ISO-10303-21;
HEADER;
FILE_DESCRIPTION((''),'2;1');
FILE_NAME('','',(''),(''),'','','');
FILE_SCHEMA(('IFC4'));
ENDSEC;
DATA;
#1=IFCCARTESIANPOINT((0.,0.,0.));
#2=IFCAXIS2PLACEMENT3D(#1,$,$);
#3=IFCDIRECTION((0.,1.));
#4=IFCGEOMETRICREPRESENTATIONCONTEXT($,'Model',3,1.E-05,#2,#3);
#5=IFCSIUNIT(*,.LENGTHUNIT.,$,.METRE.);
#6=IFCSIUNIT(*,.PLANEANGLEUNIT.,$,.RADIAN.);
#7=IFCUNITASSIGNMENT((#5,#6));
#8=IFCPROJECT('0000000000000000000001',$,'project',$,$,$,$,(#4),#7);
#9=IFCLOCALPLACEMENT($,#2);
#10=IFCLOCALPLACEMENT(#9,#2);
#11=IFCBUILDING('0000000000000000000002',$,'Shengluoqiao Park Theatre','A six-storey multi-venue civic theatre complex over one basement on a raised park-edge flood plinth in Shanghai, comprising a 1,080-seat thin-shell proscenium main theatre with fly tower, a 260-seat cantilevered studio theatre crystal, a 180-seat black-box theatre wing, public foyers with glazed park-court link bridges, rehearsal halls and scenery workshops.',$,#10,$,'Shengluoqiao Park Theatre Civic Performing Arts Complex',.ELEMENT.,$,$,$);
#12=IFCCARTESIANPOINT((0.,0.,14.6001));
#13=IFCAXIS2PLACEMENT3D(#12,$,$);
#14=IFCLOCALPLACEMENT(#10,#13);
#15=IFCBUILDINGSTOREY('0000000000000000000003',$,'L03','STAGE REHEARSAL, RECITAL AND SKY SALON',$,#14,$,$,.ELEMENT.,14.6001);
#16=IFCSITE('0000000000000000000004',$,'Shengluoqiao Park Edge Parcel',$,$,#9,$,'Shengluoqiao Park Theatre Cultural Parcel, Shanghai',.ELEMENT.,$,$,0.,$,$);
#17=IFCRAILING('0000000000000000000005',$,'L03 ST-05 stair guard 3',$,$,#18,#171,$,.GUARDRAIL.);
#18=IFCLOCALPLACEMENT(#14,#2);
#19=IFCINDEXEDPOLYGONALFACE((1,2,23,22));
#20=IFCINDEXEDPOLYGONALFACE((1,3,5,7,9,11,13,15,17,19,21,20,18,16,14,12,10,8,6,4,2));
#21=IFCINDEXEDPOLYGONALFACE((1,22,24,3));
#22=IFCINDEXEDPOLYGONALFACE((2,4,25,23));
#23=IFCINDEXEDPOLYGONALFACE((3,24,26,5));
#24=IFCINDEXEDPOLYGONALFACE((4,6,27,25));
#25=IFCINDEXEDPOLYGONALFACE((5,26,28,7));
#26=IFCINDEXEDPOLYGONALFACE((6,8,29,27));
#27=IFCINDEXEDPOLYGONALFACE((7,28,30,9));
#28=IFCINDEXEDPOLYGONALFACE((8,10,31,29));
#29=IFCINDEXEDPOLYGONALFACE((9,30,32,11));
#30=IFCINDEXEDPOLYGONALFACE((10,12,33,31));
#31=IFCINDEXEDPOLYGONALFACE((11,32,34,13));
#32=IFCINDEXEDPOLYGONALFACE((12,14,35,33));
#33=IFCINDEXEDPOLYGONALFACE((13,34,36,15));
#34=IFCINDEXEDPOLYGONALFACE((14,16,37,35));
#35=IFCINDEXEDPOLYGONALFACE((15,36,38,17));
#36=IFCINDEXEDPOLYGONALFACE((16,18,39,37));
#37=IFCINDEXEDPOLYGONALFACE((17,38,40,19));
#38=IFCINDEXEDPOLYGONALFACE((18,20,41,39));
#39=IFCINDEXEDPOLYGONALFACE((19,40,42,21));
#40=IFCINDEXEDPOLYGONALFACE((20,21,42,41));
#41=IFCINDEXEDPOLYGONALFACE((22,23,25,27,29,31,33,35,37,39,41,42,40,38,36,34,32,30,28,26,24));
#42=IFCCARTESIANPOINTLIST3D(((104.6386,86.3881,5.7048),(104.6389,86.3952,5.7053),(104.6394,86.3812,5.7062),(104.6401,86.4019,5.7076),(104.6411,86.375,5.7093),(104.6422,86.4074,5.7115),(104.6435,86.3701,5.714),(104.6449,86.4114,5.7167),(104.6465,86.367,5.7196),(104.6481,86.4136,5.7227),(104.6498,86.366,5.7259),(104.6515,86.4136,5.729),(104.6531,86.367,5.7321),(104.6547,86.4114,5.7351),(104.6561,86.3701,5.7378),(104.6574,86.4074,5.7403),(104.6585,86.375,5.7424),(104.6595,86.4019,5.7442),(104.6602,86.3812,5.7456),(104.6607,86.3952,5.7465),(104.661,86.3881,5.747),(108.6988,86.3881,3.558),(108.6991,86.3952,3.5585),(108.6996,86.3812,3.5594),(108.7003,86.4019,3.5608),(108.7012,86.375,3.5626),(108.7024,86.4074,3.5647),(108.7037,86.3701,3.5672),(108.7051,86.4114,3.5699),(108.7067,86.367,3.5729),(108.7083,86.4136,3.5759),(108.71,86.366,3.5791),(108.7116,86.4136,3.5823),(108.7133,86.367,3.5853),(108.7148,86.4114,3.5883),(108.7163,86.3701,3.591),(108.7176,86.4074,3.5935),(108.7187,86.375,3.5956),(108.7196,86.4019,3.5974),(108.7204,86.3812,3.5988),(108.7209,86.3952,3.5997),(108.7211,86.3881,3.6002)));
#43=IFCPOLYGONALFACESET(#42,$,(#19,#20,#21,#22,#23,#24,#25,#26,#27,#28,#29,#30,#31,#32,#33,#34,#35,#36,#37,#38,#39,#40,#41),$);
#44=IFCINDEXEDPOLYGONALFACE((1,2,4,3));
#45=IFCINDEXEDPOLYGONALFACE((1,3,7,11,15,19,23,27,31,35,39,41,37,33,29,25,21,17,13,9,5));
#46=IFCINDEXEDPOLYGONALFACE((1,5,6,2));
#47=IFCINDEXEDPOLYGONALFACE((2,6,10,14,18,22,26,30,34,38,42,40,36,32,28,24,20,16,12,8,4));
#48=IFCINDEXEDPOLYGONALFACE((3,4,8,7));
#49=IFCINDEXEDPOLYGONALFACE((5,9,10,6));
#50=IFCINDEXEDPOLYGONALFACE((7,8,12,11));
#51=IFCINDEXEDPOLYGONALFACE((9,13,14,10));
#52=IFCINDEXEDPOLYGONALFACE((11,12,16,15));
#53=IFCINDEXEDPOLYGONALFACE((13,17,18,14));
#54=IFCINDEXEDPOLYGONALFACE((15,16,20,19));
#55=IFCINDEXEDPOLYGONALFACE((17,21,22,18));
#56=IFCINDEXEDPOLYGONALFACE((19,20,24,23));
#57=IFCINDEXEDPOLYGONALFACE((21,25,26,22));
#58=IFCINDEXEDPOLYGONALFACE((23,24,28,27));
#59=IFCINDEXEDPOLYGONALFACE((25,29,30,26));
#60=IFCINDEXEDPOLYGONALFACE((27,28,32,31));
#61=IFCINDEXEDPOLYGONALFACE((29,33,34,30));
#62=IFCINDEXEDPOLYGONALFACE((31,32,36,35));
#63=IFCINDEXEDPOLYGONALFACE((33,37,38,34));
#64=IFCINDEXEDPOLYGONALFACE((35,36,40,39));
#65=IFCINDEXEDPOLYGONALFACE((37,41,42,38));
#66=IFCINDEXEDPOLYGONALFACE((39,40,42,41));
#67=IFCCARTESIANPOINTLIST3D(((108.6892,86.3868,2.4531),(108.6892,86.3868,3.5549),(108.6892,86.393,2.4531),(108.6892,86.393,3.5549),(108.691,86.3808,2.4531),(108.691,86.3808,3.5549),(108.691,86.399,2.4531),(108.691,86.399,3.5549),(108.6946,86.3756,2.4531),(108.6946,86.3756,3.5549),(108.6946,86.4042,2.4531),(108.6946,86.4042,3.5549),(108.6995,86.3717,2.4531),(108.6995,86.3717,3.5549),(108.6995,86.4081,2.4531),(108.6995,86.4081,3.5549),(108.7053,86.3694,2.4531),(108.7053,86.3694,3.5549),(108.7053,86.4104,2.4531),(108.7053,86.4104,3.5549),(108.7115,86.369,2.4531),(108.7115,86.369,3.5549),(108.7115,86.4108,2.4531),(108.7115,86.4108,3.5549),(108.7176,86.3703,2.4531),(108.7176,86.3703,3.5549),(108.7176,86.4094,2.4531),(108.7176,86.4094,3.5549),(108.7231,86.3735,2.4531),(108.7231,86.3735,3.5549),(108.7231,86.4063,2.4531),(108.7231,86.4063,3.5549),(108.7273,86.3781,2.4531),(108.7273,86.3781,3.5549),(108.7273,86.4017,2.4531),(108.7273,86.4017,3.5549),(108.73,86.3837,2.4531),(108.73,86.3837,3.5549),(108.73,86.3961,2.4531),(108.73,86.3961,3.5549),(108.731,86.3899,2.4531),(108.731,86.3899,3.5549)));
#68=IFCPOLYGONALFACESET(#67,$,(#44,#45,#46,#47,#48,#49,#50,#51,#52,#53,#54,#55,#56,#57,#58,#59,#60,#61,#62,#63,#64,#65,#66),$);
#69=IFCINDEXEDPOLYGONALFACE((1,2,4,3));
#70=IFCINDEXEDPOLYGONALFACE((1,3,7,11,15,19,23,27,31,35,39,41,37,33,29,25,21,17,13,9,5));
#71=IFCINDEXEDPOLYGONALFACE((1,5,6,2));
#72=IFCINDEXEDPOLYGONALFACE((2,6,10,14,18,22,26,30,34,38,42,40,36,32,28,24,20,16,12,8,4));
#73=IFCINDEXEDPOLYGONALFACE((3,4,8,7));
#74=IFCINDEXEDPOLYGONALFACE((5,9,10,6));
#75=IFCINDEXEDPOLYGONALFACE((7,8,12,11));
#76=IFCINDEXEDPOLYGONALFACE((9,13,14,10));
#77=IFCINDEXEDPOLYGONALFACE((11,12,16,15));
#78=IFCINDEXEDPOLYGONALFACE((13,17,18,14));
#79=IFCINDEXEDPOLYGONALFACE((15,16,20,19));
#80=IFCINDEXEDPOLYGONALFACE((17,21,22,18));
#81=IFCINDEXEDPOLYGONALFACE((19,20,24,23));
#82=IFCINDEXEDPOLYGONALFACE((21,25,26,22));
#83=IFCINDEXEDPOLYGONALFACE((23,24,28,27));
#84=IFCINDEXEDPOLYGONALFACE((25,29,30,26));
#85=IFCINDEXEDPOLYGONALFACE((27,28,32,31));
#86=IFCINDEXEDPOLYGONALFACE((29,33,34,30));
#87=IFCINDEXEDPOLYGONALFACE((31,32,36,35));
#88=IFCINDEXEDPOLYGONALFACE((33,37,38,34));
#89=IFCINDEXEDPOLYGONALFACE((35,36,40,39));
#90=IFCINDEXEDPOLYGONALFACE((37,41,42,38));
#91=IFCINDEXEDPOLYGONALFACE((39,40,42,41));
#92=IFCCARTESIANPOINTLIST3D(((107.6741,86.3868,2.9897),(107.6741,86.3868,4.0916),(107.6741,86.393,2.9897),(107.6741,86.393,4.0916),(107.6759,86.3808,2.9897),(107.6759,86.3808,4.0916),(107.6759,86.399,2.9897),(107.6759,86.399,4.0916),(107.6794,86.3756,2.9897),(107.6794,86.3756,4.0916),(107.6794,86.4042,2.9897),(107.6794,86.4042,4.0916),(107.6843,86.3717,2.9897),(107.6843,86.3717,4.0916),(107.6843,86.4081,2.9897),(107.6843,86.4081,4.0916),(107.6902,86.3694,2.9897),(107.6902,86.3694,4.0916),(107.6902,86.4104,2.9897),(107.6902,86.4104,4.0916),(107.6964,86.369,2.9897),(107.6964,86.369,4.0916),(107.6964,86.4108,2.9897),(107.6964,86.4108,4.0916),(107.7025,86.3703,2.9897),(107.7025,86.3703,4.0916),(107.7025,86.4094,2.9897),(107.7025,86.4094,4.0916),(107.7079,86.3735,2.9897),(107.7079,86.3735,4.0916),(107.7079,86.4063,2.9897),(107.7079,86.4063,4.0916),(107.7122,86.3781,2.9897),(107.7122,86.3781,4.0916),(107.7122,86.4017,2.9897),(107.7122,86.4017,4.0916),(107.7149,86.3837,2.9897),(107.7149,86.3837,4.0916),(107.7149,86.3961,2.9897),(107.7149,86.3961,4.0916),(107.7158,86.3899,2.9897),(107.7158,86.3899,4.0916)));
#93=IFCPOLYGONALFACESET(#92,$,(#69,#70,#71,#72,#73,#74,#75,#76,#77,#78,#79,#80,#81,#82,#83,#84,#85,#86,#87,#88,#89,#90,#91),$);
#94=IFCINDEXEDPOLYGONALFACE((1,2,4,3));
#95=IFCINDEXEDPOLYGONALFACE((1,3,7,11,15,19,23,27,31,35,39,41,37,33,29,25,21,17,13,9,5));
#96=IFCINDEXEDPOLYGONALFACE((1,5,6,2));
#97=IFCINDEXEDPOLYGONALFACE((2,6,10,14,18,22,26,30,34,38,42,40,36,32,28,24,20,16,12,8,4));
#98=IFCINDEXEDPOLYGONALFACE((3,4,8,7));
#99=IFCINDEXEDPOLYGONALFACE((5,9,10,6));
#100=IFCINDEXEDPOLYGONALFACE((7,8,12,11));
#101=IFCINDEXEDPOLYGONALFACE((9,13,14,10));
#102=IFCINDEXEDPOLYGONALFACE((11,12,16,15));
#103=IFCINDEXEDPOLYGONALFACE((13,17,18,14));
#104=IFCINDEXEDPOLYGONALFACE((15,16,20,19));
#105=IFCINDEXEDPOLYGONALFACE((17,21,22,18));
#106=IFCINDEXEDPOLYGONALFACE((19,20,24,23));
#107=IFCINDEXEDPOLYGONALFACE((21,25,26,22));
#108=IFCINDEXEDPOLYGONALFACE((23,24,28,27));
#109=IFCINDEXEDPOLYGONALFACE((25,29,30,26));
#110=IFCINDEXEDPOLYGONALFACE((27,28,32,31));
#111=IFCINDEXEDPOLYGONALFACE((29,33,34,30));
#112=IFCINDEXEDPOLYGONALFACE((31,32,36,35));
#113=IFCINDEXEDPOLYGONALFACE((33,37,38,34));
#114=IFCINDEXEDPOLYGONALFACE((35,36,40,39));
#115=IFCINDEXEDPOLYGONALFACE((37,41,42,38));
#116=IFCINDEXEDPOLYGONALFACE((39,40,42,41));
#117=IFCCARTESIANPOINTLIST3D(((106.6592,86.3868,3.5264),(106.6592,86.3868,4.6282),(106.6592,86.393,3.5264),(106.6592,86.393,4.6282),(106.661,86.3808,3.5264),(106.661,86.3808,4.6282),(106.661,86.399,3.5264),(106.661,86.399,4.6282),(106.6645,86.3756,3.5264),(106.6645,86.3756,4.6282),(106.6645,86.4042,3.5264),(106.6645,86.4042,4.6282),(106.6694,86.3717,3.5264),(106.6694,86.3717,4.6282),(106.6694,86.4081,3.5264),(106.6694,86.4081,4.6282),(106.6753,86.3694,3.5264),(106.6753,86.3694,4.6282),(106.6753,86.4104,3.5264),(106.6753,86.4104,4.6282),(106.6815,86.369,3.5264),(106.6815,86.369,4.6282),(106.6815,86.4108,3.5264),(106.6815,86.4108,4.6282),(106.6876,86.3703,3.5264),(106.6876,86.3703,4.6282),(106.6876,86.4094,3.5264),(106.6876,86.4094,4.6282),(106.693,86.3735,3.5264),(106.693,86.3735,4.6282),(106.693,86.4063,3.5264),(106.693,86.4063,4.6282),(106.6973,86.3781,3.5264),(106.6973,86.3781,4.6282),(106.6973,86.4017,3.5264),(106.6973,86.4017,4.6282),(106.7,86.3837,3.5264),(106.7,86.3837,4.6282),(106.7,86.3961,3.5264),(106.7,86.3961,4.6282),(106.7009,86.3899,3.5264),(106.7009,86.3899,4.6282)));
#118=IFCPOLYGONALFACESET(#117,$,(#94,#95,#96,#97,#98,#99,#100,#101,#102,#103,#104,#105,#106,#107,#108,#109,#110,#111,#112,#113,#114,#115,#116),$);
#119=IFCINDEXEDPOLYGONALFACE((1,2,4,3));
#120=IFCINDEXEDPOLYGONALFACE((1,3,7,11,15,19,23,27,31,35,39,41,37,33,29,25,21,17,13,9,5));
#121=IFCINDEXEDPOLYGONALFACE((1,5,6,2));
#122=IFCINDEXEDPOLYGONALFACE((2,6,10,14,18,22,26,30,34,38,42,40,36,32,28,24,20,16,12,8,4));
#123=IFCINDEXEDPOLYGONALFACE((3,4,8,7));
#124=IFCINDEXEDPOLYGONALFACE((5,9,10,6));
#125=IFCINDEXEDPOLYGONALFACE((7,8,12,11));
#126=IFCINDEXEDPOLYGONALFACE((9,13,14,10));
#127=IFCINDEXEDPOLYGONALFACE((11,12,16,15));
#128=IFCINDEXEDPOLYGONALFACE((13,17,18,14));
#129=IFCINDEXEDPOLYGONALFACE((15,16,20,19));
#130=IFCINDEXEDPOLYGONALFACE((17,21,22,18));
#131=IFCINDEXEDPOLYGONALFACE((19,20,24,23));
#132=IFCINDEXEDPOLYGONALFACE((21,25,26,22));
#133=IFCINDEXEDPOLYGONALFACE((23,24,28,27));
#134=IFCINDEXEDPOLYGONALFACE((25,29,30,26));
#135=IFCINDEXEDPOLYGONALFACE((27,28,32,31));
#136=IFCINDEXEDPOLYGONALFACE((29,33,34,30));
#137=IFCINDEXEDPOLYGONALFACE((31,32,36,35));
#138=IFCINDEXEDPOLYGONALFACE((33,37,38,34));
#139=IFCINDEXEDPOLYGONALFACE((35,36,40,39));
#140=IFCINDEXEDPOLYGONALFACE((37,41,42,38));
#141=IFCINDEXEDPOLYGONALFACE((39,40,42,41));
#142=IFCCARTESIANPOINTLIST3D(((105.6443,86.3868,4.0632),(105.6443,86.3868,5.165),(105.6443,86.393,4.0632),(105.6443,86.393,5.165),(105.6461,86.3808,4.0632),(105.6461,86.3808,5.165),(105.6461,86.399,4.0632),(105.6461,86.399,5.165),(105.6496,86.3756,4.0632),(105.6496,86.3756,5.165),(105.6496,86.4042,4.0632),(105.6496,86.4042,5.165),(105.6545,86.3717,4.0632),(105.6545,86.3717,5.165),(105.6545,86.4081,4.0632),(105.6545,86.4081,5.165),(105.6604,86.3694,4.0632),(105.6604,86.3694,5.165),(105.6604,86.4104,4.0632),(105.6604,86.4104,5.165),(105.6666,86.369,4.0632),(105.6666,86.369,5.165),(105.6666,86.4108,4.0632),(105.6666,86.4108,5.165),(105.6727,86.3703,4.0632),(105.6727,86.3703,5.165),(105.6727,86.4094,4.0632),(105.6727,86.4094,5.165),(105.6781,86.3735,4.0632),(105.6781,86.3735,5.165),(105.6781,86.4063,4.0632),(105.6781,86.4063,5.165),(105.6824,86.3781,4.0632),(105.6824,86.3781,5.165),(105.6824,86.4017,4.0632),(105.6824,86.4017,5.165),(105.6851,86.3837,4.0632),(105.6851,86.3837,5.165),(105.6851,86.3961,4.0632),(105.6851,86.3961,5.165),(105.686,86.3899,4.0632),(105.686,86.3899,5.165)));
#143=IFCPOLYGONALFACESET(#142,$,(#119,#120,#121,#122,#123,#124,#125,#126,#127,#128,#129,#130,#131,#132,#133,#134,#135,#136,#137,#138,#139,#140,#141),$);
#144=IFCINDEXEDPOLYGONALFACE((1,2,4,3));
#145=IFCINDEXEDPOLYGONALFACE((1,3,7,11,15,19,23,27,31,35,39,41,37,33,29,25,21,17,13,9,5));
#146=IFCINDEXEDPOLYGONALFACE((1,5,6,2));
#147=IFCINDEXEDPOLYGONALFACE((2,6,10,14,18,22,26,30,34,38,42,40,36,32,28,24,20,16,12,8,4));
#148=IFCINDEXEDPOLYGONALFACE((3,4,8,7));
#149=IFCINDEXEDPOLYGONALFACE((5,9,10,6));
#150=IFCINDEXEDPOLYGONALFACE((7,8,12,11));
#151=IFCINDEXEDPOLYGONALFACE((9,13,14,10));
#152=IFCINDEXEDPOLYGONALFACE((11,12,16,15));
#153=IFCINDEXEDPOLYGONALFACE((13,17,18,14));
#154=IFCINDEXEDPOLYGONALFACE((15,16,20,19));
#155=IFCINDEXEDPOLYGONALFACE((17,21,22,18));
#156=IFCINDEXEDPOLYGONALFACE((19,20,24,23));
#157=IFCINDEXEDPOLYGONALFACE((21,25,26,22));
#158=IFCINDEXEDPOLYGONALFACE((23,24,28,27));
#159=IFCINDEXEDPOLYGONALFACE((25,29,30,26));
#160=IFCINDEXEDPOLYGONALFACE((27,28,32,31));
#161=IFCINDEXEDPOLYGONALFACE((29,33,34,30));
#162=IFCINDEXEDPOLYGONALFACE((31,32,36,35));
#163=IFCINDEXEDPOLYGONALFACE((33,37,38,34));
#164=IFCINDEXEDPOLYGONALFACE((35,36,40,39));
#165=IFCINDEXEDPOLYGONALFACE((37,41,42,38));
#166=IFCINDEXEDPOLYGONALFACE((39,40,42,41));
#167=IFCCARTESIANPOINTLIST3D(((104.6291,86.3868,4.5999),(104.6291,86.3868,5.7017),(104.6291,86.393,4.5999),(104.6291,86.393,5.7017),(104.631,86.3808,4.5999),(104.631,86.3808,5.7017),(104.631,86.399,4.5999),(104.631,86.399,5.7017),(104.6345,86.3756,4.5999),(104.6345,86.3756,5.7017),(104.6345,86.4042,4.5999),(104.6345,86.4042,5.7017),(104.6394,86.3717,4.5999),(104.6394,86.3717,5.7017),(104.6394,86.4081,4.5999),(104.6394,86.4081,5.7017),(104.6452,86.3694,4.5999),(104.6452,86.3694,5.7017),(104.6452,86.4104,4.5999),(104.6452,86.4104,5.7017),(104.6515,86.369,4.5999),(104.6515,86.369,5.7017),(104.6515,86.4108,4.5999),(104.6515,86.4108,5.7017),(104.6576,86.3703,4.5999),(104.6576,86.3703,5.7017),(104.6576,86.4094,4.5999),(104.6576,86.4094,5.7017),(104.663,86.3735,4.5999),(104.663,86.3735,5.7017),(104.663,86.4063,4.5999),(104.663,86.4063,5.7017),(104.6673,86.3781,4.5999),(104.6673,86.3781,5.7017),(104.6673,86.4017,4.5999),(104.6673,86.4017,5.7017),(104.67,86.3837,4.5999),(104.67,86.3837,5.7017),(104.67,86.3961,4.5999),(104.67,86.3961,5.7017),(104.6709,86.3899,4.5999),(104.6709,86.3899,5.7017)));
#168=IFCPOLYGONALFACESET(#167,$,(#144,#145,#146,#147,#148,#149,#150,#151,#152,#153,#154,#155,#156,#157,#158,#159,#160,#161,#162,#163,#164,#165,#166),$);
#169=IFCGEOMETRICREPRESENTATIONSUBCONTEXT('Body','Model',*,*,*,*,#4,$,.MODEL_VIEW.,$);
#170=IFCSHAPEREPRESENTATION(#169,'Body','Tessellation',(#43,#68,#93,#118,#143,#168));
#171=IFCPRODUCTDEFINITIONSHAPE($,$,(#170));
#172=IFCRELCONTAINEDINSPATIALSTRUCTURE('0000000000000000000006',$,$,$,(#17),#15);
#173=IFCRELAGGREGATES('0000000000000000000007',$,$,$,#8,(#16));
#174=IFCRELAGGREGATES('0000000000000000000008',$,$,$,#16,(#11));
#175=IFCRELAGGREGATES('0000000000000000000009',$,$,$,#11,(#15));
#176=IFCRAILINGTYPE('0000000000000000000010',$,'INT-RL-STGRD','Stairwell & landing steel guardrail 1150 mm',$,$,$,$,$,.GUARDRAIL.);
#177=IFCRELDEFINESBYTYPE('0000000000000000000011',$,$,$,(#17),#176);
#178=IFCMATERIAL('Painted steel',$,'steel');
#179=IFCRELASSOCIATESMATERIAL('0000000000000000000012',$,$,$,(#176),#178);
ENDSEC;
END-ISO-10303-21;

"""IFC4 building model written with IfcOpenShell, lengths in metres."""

from ifc_helpers import new_model, si_unit, direction, frame, origin, origin_2d, place, context, subcontext, project, spatial, circle, extrude, material, type_object, element, save


model = new_model("IFC4")

# Units and contexts
model_context = context("Model", 3, precision=1e-05, world=origin(), true_north=direction((0.0, 1.0)))
body_context = subcontext(model_context, "Body", "Model", "MODEL_VIEW")
ifc_project = project(units=[si_unit("LENGTHUNIT", "METRE"), si_unit("PLANEANGLEUNIT", "RADIAN")], contexts=[model_context])

# Site, building, storey
site_placement = place(None, origin())
site = spatial("IfcSite", under=ifc_project, at=site_placement, Name="Shengluoqiao Park Edge Parcel", LongName="Shengluoqiao Park Theatre Cultural Parcel, Shanghai", CompositionType="ELEMENT", RefElevation=0.0)
building_placement = place(site_placement, origin())
building = spatial("IfcBuilding", under=site, at=building_placement, Name="Shengluoqiao Park Theatre", Description="A six-storey multi-venue civic theatre complex over one basement on a raised park-edge flood plinth in Shanghai, comprising a 1,080-seat thin-shell proscenium main theatre with fly tower, a 260-seat cantilevered studio theatre crystal, a 180-seat black-box theatre wing, public foyers with glazed park-court link bridges, rehearsal halls and scenery workshops.", LongName="Shengluoqiao Park Theatre Civic Performing Arts Complex", CompositionType="ELEMENT")
storey_placement = place(building_placement, frame((0.0, 0.0, 14.6001)))
storey = spatial("IfcBuildingStorey", under=building, at=storey_placement, Name="L03", Description="STAGE REHEARSAL, RECITAL AND SKY SALON", CompositionType="ELEMENT", Elevation=14.6001)

# Railing
ifc_material_1 = material(Name="Painted steel", Category="steel")
railing_type_1 = type_object("IfcRailingType", Name="INT-RL-STGRD", Description="Stairwell & landing steel guardrail 1150 mm", PredefinedType="GUARDRAIL", material=ifc_material_1)
railing_1_placement = place(storey_placement, frame((108.71, 86.3899, 2.4531)))
element("IfcRailing", 1, at=railing_1_placement, inside=storey, type_object=railing_type_1, Name="L03 ST-05 stair guard 3", PredefinedType="GUARDRAIL", context=body_context, shape_type="SweptSolid", body=[
    extrude(circle(Radius=0.0239, at=origin_2d()), frame((0.0, 0.0, 1.126), z_axis=(-0.884032, 0.0, 0.467426), x_axis=(0.0, -1.0, 0.0)), (0.0, 0.0, 1.0), 4.5928),
    extrude(circle(Radius=0.021, at=origin_2d()), origin(), (0.0, 0.0, 1.0), 1.1018),
    extrude(circle(Radius=0.021, at=origin_2d()), frame((-1.0151, 0.0, 0.5366)), (0.0, 0.0, 1.0), 1.1018),
    extrude(circle(Radius=0.021, at=origin_2d()), frame((-2.03, 0.0, 1.0732)), (0.0, 0.0, 1.0), 1.1018),
    extrude(circle(Radius=0.021, at=origin_2d()), frame((-3.0449, 0.0, 1.6101)), (0.0, 0.0, 1.0), 1.1018),
    extrude(circle(Radius=0.021, at=origin_2d()), frame((-4.0601, 0.0, 2.1467)), (0.0, 0.0, 1.0), 1.1018),
])

save(model, "model.ifc")
